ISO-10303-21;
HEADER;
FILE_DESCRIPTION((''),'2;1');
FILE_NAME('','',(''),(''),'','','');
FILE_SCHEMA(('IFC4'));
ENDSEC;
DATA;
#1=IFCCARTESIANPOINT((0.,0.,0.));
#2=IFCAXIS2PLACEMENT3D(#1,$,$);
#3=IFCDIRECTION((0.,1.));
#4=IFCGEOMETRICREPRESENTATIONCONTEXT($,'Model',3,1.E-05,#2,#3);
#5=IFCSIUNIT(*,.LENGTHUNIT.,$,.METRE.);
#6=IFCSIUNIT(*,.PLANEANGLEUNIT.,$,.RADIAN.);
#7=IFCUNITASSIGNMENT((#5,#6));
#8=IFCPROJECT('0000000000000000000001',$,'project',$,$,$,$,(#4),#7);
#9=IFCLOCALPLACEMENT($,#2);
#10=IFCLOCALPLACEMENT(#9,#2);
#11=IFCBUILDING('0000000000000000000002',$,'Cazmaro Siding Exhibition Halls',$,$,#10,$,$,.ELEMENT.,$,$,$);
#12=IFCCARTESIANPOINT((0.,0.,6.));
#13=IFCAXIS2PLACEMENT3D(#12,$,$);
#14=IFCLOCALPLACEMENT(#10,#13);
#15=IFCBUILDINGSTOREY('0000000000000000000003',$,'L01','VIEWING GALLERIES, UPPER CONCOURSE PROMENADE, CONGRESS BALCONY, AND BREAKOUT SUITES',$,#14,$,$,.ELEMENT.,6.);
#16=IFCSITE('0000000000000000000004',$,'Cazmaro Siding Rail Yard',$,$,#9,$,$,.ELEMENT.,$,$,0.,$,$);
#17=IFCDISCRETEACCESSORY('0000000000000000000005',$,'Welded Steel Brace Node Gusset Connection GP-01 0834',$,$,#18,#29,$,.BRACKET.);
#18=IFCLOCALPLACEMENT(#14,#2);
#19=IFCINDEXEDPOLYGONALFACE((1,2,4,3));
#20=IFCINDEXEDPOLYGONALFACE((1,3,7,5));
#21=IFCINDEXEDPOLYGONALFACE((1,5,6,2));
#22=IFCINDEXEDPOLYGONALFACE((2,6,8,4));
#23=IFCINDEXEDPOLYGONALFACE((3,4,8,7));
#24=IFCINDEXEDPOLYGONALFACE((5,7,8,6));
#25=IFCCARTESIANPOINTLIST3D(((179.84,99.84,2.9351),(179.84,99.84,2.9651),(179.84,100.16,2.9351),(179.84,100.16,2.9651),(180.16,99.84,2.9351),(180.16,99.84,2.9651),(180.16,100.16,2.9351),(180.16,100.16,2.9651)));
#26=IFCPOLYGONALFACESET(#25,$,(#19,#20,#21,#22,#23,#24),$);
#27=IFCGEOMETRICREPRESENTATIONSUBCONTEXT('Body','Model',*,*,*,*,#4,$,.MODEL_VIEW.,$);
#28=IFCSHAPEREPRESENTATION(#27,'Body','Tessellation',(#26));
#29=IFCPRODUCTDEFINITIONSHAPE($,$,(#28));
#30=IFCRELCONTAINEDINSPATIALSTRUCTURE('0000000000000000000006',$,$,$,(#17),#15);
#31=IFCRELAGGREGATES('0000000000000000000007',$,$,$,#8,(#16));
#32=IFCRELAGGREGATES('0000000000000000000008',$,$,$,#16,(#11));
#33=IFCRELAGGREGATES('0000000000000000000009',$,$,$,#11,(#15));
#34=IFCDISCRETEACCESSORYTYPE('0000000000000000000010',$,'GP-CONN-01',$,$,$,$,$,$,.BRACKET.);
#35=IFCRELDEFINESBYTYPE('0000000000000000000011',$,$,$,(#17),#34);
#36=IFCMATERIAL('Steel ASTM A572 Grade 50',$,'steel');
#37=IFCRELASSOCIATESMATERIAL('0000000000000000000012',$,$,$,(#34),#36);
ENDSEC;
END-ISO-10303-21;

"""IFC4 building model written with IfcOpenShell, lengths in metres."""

from ifc_helpers import new_model, si_unit, direction, frame, origin, origin_2d, place, context, subcontext, project, spatial, rectangle, extrude, material, type_object, element, save


model = new_model("IFC4")

# Units and contexts
model_context = context("Model", 3, precision=1e-05, world=origin(), true_north=direction((0.0, 1.0)))
body_context = subcontext(model_context, "Body", "Model", "MODEL_VIEW")
ifc_project = project(units=[si_unit("LENGTHUNIT", "METRE"), si_unit("PLANEANGLEUNIT", "RADIAN")], contexts=[model_context])

# Site, building, storey
site_placement = place(None, origin())
site = spatial("IfcSite", under=ifc_project, at=site_placement, Name="Cazmaro Siding Rail Yard", CompositionType="ELEMENT", RefElevation=0.0)
building_placement = place(site_placement, origin())
building = spatial("IfcBuilding", under=site, at=building_placement, Name="Cazmaro Siding Exhibition Halls", CompositionType="ELEMENT")
storey_placement = place(building_placement, frame((0.0, 0.0, 6.0)))
storey = spatial("IfcBuildingStorey", under=building, at=storey_placement, Name="L01", Description="VIEWING GALLERIES, UPPER CONCOURSE PROMENADE, CONGRESS BALCONY, AND BREAKOUT SUITES", CompositionType="ELEMENT", Elevation=6.0)

# Discrete accessory
ifc_material_1 = material(Name="Steel ASTM A572 Grade 50", Category="steel")
discrete_accessory_type = type_object("IfcDiscreteAccessoryType", Name="GP-CONN-01", PredefinedType="BRACKET", material=ifc_material_1)
discrete_accessory_placement = place(storey_placement, frame((180.0, 100.0, 2.9351), z_axis=(0.0, 0.0, 1.0), x_axis=(1.0, 0.0, 0.0)))
element("IfcDiscreteAccessory", 1, at=discrete_accessory_placement, inside=storey, type_object=discrete_accessory_type, Name="Welded Steel Brace Node Gusset Connection GP-01 0834", PredefinedType="BRACKET", context=body_context, shape_type="SweptSolid", body=[
    extrude(rectangle(XDim=0.3201, YDim=0.3201, at=origin_2d()), origin(), (0.0, 0.0, 1.0), 0.03),
])

save(model, "model.ifc")
